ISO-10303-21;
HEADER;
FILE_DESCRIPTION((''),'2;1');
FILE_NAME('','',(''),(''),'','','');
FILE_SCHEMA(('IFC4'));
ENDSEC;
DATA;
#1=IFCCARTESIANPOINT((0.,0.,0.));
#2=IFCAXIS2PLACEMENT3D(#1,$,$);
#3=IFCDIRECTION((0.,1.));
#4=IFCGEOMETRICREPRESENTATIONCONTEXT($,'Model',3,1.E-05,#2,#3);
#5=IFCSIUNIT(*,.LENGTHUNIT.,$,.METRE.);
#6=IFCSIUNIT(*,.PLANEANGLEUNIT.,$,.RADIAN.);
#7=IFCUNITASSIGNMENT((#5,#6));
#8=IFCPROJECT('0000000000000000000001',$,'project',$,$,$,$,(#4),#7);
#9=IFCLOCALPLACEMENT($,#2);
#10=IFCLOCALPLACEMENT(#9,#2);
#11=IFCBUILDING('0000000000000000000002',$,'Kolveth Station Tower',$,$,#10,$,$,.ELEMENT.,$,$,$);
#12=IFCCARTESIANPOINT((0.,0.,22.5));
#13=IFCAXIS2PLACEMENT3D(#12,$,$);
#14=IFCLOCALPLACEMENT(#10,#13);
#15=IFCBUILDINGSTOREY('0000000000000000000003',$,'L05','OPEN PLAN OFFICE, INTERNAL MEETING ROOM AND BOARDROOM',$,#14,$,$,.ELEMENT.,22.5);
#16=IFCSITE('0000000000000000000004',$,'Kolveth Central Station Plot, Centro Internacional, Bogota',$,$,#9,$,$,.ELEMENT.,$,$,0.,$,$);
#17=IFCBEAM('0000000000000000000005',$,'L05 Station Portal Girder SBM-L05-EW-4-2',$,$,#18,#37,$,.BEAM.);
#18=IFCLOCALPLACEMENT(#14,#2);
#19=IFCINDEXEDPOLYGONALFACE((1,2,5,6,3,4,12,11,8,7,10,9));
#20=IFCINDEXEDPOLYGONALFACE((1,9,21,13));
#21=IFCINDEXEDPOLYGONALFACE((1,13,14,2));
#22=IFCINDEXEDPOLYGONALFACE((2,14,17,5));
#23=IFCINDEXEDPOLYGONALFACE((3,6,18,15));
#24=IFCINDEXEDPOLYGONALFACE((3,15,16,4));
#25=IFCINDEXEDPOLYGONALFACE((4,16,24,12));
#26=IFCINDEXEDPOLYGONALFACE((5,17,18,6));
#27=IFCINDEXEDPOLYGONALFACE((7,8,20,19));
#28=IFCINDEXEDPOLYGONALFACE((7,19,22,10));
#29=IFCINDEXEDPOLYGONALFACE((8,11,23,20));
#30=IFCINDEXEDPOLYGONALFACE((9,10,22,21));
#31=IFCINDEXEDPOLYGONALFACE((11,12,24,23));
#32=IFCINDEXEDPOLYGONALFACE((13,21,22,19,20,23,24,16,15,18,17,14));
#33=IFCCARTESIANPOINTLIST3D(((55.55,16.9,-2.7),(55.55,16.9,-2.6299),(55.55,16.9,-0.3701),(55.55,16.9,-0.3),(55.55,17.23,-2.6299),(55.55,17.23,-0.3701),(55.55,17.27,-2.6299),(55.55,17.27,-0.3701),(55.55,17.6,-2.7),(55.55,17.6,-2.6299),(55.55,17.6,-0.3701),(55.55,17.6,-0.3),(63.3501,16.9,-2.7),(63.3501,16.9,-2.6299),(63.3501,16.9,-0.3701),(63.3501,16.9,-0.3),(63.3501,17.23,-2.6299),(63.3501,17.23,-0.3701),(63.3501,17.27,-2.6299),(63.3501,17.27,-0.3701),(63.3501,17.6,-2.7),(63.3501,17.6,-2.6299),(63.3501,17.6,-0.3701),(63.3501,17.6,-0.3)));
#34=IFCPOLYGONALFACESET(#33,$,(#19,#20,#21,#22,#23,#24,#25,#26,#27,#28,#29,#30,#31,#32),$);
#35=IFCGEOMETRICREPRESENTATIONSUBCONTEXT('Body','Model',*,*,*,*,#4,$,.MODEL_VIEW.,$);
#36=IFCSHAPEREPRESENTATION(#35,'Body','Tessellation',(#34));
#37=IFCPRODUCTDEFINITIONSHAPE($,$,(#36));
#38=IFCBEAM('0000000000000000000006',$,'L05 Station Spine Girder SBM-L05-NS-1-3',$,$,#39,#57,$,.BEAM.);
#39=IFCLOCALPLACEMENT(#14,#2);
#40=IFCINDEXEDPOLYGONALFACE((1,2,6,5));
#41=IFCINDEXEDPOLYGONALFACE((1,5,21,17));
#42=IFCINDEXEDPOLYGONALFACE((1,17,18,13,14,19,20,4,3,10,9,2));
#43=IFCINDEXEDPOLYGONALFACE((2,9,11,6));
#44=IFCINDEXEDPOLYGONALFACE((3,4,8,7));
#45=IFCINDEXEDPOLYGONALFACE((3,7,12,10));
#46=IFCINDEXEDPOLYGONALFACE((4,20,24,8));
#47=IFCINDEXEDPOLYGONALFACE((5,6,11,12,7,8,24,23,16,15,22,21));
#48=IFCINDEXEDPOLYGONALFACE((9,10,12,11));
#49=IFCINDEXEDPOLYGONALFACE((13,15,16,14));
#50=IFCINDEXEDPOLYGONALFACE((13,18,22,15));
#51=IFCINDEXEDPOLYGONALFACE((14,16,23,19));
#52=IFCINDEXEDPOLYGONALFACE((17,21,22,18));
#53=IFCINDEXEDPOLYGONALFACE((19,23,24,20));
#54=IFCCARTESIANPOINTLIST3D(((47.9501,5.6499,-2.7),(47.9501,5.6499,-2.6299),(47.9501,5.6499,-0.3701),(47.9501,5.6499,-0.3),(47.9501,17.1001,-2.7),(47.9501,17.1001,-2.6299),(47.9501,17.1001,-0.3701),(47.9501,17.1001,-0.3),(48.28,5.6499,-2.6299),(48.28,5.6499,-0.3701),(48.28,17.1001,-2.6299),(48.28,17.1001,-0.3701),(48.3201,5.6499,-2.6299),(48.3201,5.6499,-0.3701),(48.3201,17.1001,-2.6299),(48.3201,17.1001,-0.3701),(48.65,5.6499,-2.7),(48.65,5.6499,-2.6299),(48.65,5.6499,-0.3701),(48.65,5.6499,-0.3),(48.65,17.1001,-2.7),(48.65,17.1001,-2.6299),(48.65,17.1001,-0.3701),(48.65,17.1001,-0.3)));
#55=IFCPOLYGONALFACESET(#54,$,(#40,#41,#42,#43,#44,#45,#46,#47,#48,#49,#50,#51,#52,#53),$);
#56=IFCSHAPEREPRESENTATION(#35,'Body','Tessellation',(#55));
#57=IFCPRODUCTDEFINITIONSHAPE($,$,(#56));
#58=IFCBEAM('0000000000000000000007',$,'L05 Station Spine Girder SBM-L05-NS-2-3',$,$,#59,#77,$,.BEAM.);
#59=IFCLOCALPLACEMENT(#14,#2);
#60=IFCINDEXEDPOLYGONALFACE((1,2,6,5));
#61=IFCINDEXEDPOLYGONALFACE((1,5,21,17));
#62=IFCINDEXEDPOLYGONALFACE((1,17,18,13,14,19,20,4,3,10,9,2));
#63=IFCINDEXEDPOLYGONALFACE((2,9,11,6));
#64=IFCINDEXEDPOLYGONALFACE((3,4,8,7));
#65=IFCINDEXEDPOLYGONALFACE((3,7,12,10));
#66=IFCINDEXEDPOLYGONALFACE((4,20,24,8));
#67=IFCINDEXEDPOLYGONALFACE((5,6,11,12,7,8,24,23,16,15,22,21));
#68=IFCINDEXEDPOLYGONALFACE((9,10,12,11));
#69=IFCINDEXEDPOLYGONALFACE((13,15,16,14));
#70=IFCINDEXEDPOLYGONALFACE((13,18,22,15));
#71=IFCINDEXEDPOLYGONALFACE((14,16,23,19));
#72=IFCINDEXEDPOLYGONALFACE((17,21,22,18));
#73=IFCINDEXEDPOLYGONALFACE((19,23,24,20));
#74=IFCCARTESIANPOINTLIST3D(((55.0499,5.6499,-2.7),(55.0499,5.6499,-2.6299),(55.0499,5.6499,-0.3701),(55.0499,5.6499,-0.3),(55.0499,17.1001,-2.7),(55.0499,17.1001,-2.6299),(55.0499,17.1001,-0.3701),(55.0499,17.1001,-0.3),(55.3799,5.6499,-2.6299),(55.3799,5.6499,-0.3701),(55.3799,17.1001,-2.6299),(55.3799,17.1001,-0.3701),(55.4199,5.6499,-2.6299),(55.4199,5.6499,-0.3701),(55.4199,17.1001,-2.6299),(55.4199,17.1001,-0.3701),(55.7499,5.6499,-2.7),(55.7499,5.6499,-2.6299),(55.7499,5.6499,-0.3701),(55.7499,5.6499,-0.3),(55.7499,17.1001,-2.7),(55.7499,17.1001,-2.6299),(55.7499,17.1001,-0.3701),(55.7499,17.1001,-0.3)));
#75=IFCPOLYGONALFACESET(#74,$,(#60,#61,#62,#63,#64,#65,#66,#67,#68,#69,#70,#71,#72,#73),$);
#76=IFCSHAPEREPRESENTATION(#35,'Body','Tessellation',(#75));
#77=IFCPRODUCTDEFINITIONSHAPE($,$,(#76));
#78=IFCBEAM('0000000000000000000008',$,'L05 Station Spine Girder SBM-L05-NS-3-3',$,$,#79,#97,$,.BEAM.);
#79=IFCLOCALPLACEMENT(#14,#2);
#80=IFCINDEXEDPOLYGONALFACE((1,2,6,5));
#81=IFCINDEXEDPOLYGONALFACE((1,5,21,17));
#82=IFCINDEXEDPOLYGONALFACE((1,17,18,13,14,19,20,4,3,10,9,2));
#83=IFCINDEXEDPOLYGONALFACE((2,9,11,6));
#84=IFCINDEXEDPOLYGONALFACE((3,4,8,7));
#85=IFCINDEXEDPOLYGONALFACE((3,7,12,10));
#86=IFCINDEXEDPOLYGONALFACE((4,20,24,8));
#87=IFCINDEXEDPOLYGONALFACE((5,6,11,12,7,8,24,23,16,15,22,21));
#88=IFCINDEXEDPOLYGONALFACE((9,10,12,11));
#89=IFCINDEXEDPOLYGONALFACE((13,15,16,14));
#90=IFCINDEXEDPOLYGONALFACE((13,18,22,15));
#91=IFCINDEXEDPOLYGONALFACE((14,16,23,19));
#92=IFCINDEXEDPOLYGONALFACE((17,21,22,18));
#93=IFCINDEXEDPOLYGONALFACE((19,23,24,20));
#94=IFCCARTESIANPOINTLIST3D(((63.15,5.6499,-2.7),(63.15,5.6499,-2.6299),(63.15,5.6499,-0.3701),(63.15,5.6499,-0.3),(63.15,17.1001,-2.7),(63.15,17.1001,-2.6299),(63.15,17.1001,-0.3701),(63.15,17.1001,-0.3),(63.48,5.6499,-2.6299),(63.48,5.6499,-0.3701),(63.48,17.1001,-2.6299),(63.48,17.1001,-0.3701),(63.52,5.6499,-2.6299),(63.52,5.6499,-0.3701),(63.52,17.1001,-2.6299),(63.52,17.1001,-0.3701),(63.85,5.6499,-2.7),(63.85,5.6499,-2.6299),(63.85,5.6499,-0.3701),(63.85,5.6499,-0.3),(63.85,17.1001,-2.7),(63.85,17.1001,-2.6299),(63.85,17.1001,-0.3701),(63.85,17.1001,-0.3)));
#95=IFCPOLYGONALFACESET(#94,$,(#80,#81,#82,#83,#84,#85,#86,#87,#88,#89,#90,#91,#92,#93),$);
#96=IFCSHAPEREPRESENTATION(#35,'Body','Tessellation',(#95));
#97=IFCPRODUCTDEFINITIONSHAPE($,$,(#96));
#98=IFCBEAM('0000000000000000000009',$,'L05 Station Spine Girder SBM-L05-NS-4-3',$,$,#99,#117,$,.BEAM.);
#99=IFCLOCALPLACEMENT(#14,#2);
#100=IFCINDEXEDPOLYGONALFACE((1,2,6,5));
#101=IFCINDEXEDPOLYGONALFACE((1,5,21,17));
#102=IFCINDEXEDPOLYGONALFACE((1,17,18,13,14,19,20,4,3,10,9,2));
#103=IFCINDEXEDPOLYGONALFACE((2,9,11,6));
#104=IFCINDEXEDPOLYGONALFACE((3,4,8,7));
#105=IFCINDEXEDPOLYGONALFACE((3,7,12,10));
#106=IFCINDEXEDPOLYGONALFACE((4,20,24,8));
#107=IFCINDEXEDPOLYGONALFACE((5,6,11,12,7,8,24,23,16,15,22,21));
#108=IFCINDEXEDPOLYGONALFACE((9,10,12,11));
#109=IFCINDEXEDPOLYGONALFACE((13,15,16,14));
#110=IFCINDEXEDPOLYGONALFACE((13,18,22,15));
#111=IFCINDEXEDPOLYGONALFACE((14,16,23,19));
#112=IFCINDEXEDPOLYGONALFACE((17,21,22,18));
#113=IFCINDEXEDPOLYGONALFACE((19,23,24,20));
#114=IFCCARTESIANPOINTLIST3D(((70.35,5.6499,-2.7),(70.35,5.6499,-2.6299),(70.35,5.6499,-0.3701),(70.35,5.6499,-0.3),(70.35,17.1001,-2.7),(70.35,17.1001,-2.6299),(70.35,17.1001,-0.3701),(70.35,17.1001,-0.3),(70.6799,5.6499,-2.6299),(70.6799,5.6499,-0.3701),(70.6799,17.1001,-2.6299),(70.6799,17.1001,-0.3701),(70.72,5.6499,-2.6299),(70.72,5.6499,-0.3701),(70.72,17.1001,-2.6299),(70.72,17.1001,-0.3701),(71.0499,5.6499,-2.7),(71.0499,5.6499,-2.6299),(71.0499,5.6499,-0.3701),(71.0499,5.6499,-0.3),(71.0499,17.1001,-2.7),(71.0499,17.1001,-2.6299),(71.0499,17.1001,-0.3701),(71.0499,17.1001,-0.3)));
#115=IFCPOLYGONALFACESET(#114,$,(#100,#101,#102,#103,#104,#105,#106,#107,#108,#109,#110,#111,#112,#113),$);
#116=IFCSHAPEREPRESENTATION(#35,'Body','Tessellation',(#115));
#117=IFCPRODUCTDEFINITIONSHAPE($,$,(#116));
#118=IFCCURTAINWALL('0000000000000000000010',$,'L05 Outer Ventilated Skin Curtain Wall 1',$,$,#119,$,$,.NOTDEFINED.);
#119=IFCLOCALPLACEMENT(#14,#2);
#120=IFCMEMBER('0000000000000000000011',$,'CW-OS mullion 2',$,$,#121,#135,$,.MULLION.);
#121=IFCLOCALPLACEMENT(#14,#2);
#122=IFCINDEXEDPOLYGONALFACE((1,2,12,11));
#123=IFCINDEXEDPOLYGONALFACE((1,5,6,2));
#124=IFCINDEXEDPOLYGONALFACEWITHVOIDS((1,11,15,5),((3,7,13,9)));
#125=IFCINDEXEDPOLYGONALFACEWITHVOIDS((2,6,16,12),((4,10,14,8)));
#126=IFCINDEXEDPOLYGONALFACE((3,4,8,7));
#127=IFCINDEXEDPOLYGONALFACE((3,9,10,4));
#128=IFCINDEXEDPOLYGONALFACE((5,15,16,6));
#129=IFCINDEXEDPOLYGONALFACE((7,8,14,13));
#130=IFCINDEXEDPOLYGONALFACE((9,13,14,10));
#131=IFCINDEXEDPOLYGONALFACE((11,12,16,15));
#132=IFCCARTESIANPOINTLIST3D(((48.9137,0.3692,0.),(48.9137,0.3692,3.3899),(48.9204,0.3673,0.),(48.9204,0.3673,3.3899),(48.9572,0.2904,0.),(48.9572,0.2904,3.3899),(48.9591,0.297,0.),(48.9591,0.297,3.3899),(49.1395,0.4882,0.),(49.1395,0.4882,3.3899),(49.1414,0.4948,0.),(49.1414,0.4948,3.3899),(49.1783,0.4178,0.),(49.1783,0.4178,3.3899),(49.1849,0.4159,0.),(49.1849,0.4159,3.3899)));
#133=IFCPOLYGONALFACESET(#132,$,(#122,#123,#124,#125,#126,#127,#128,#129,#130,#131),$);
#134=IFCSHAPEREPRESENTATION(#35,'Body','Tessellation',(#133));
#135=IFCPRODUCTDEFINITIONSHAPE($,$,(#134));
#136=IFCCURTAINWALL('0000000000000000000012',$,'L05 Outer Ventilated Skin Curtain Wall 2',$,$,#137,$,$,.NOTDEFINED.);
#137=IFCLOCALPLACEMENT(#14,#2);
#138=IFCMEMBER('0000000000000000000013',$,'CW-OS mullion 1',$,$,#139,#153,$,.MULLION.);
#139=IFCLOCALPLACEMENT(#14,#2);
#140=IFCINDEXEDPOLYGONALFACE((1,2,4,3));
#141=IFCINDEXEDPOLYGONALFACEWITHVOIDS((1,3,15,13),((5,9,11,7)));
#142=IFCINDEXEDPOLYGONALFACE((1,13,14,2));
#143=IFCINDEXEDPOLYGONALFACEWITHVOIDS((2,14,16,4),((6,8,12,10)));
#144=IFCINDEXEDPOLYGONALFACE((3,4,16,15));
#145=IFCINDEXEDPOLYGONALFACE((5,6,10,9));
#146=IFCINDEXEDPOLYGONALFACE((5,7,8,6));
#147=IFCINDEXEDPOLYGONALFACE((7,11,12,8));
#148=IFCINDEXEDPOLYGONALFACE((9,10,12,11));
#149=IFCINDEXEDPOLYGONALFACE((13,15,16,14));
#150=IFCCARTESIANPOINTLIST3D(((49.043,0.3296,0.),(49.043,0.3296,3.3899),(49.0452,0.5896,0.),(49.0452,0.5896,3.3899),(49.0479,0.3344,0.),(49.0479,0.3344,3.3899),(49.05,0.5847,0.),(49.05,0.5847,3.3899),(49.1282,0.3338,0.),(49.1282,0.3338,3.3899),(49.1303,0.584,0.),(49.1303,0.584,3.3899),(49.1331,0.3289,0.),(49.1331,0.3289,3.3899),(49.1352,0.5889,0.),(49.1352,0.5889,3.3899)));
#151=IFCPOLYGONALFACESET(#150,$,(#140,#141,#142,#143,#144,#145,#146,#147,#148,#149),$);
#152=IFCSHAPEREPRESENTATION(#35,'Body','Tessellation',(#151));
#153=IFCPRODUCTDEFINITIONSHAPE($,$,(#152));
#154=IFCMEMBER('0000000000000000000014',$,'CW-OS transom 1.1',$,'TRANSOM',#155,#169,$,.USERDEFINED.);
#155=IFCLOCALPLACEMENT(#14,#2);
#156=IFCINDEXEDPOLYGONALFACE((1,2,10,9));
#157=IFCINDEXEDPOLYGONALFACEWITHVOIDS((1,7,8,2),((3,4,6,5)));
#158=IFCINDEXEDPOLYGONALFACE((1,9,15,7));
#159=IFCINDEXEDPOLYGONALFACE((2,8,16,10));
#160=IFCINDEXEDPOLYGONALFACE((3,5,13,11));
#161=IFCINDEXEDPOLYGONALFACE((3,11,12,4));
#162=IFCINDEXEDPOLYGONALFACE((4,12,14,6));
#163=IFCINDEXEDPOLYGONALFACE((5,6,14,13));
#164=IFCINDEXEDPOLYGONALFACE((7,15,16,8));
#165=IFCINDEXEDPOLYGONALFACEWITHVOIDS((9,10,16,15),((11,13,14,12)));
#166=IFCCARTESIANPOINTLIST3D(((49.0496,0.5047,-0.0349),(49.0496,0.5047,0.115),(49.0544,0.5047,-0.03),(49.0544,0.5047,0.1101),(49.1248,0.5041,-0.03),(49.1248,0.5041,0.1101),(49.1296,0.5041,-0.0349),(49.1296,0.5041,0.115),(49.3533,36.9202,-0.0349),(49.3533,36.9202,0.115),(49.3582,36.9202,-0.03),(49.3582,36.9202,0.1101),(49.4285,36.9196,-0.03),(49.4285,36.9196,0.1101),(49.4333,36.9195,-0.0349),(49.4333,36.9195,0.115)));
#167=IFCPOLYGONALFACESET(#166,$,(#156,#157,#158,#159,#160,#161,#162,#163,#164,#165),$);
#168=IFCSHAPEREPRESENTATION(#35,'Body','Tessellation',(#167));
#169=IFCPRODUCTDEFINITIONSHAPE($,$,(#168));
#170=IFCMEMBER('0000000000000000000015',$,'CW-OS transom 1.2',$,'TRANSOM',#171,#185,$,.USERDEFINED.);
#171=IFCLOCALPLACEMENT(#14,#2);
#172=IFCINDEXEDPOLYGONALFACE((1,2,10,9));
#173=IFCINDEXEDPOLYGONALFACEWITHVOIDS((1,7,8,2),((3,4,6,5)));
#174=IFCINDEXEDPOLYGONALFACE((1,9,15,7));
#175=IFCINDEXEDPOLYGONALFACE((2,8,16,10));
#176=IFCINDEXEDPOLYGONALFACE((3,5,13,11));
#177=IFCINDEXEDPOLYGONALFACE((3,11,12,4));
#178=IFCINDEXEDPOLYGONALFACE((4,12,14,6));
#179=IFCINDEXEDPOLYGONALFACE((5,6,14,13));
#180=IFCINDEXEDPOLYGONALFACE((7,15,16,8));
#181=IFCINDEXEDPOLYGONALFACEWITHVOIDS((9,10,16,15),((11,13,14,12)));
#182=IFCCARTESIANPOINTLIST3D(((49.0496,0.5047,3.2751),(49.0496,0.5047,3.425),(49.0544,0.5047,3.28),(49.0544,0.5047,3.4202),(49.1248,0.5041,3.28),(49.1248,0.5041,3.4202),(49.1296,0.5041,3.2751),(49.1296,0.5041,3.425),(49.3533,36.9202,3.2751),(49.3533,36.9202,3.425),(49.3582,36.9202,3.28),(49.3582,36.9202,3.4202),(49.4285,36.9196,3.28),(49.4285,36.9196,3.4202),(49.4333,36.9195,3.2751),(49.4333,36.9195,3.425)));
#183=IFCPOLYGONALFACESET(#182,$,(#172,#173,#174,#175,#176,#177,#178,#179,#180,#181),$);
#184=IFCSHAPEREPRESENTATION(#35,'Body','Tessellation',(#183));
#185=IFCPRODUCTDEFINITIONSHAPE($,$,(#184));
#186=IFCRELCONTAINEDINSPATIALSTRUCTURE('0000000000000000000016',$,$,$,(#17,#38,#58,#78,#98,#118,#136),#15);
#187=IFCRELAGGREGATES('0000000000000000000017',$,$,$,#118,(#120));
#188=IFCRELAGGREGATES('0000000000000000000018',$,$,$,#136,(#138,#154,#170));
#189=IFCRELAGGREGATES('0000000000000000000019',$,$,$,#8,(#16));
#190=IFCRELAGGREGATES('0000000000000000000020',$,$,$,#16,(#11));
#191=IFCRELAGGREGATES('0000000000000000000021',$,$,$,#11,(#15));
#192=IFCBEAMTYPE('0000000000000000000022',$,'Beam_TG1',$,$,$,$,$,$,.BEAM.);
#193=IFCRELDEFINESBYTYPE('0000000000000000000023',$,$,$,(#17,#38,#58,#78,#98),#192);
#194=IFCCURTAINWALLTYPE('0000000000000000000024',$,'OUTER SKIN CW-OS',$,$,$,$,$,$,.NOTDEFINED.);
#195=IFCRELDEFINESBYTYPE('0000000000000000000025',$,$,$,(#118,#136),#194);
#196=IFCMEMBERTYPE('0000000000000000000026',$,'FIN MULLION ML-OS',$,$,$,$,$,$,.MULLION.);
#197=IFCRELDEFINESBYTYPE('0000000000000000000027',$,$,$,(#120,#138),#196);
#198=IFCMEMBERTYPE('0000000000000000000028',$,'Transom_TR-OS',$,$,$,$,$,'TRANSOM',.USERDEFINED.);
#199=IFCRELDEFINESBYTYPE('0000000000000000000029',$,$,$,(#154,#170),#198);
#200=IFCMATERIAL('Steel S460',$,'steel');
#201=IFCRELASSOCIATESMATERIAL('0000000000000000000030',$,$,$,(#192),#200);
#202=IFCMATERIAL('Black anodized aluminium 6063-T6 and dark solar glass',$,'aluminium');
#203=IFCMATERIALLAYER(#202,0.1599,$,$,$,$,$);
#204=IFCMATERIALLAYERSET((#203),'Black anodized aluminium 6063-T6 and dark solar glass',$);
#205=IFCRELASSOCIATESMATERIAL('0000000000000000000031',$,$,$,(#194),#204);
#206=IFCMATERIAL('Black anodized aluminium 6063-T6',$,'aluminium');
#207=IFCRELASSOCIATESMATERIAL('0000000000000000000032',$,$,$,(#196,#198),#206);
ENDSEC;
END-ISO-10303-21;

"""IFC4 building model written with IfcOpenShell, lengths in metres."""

from ifc_helpers import new_model, si_unit, direction, frame, origin, origin_2d, place, context, subcontext, project, spatial, hollow_rectangle, i_section, extrude, source, transform, mapped, material, layer, layer_set, material_profile, profile_set, type_object, element, aggregate, save


model = new_model("IFC4")

# Units and contexts
model_context = context("Model", 3, precision=1e-05, world=origin(), true_north=direction((0.0, 1.0)))
body_context = subcontext(model_context, "Body", "Model", "MODEL_VIEW")
ifc_project = project(units=[si_unit("LENGTHUNIT", "METRE"), si_unit("PLANEANGLEUNIT", "RADIAN")], contexts=[model_context])

# Site, building, storey
site_placement = place(None, origin())
site = spatial("IfcSite", under=ifc_project, at=site_placement, Name="Kolveth Central Station Plot, Centro Internacional, Bogota", CompositionType="ELEMENT", RefElevation=0.0)
building_placement = place(site_placement, origin())
building = spatial("IfcBuilding", under=site, at=building_placement, Name="Kolveth Station Tower", CompositionType="ELEMENT")
storey_placement = place(building_placement, frame((0.0, 0.0, 22.5)))
storey = spatial("IfcBuildingStorey", under=building, at=storey_placement, Name="L05", Description="OPEN PLAN OFFICE, INTERNAL MEETING ROOM AND BOARDROOM", CompositionType="ELEMENT", Elevation=22.5)

# Beams
ifc_material_1 = material(Name="Steel S460", Category="steel")
ifc_material_profile_1 = material_profile(ifc_material_1, i_section(OverallWidth=0.7, OverallDepth=2.3999, WebThickness=0.04, FlangeThickness=0.0701, at=origin_2d()), Name="PG2400x700x70")
ifc_profile_set_1 = profile_set([ifc_material_profile_1], Name="Steel S460")
beam_type_1 = type_object("IfcBeamType", Name="Beam_TG1", PredefinedType="BEAM", material=ifc_profile_set_1)
shared_shape_1 = source(origin(), body_context, "Body", "SweptSolid", [
    extrude(i_section(OverallWidth=0.7, OverallDepth=2.3999, WebThickness=0.04, FlangeThickness=0.0701, at=origin_2d()), origin(), (0.0, 0.0, 1.0), 7.8),
])
for number, where, z_axis, x_axis, name in (
    (1, (55.55, 17.25, -1.5), (1.0, 0.0, 0.0), (0.0, 1.0, 0.0), "L05 Station Portal Girder SBM-L05-EW-4-2"),
):
    element("IfcBeam", number, at=place(storey_placement, frame(where, z_axis=z_axis, x_axis=x_axis)), inside=storey, type_object=beam_type_1, Name=name, PredefinedType="BEAM", context=body_context, shape_type="MappedRepresentation", body=[
        mapped(shared_shape_1, transform((0.0, 0.0, 0.0), x_axis=(1.0, 0.0, 0.0), y_axis=(0.0, 1.0, 0.0), z_axis=(0.0, 0.0, 1.0), scale=1.0)),
    ])
shared_shape_2 = source(origin(), body_context, "Body", "SweptSolid", [
    extrude(i_section(OverallWidth=0.7, OverallDepth=2.3999, WebThickness=0.04, FlangeThickness=0.0701, at=origin_2d()), origin(), (0.0, 0.0, 1.0), 11.4502),
])
for number, where, z_axis, x_axis, name in (
    (2, (48.3, 5.6499, -1.5), (0.0, 1.0, 0.0), (-1.0, 0.0, 0.0), "L05 Station Spine Girder SBM-L05-NS-1-3"),
    (3, (55.3999, 5.6499, -1.5), (0.0, 1.0, 0.0), (-1.0, 0.0, 0.0), "L05 Station Spine Girder SBM-L05-NS-2-3"),
    (4, (63.5, 5.6499, -1.5), (0.0, 1.0, 0.0), (-1.0, 0.0, 0.0), "L05 Station Spine Girder SBM-L05-NS-3-3"),
    (5, (70.7, 5.6499, -1.5), (0.0, 1.0, 0.0), (-1.0, 0.0, 0.0), "L05 Station Spine Girder SBM-L05-NS-4-3"),
):
    element("IfcBeam", number, at=place(storey_placement, frame(where, z_axis=z_axis, x_axis=x_axis)), inside=storey, type_object=beam_type_1, Name=name, PredefinedType="BEAM", context=body_context, shape_type="MappedRepresentation", body=[
        mapped(shared_shape_2, transform((0.0, 0.0, 0.0), x_axis=(1.0, 0.0, 0.0), y_axis=(0.0, 1.0, 0.0), z_axis=(0.0, 0.0, 1.0), scale=1.0)),
    ])

# Curtain wall, member
ifc_material_2 = material(Name="Black anodized aluminium 6063-T6 and dark solar glass", Category="aluminium")
ifc_layer = layer(ifc_material_2, 0.1599)
ifc_layer_set = layer_set([ifc_layer], Name="Black anodized aluminium 6063-T6 and dark solar glass")
curtain_wall_type = type_object("IfcCurtainWallType", Name="OUTER SKIN CW-OS", PredefinedType="NOTDEFINED", material=ifc_layer_set)
curtain_wall_1_placement = place(storey_placement, origin())
curtain_wall_1 = element("IfcCurtainWall", 6, at=curtain_wall_1_placement, inside=storey, type_object=curtain_wall_type, Name="L05 Outer Ventilated Skin Curtain Wall 1", PredefinedType="NOTDEFINED")
ifc_material_3 = material(Name="Black anodized aluminium 6063-T6", Category="aluminium")
ifc_material_profile_2 = material_profile(ifc_material_3, hollow_rectangle(XDim=0.0901, YDim=0.26, WallThickness=0.0049, at=origin_2d()), Name="ALU-90x260x5")
ifc_profile_set_2 = profile_set([ifc_material_profile_2], Name="Black anodized aluminium 6063-T6")
member_type_1 = type_object("IfcMemberType", Name="FIN MULLION ML-OS", PredefinedType="MULLION", material=ifc_profile_set_2)
shared_shape_3 = source(origin(), body_context, "Body", "SweptSolid", [
    extrude(hollow_rectangle(XDim=0.0901, YDim=0.26, WallThickness=0.0049, at=origin_2d()), origin(), (0.0, 0.0, 1.0), 3.3899),
])
member_1_placement = place(storey_placement, frame((49.0493, 0.3926, 0.0), z_axis=(0.0, 0.0, 1.0), x_axis=(-0.482854, 0.875701, 0.0)))
member_1 = element("IfcMember", 7, at=member_1_placement, type_object=member_type_1, Name="CW-OS mullion 2", PredefinedType="MULLION", context=body_context, shape_type="MappedRepresentation", body=[
    mapped(shared_shape_3, transform((0.0, 0.0, 0.0), x_axis=(1.0, 0.0, 0.0), y_axis=(0.0, 1.0, 0.0), z_axis=(0.0, 0.0, 1.0), scale=1.0)),
])
aggregate(curtain_wall_1, [member_1])

# Curtain wall, members
curtain_wall_2_placement = place(storey_placement, origin())
curtain_wall_2 = element("IfcCurtainWall", 8, at=curtain_wall_2_placement, inside=storey, type_object=curtain_wall_type, Name="L05 Outer Ventilated Skin Curtain Wall 2", PredefinedType="NOTDEFINED")
member_2_placement = place(storey_placement, frame((49.0891, 0.4592, 0.0), z_axis=(0.0, 0.0, 1.0), x_axis=(-0.999965, 0.00834, 0.0)))
member_2 = element("IfcMember", 9, at=member_2_placement, type_object=member_type_1, Name="CW-OS mullion 1", PredefinedType="MULLION", context=body_context, shape_type="MappedRepresentation", body=[
    mapped(shared_shape_3, transform((0.0, 0.0, 0.0), x_axis=(1.0, 0.0, 0.0), y_axis=(0.0, 1.0, 0.0), z_axis=(0.0, 0.0, 1.0), scale=1.0)),
])
ifc_material_profile_3 = material_profile(ifc_material_3, hollow_rectangle(XDim=0.0801, YDim=0.1499, WallThickness=0.0049, at=origin_2d()), Name="ALU-80x150x5")
ifc_profile_set_3 = profile_set([ifc_material_profile_3], Name="Black anodized aluminium 6063-T6")
member_type_2 = type_object("IfcMemberType", Name="Transom_TR-OS", ElementType="TRANSOM", PredefinedType="USERDEFINED", material=ifc_profile_set_3)
shared_shape_4 = source(origin(), body_context, "Body", "SweptSolid", [
    extrude(hollow_rectangle(XDim=0.0801, YDim=0.1499, WallThickness=0.0049, at=origin_2d()), origin(), (0.0, 0.0, 1.0), 36.4167),
])
member_3_placement = place(storey_placement, frame((49.0896, 0.5044, 0.04), z_axis=(0.00834, 0.999965, 0.0), x_axis=(-0.999965, 0.00834, 0.0)))
member_3 = element("IfcMember", 10, at=member_3_placement, type_object=member_type_2, Name="CW-OS transom 1.1", ObjectType="TRANSOM", PredefinedType="USERDEFINED", context=body_context, shape_type="MappedRepresentation", body=[
    mapped(shared_shape_4, transform((0.0, 0.0, 0.0), x_axis=(1.0, 0.0, 0.0), y_axis=(0.0, 1.0, 0.0), z_axis=(0.0, 0.0, 1.0), scale=1.0)),
])
member_4_placement = place(storey_placement, frame((49.0896, 0.5044, 3.3501), z_axis=(0.00834, 0.999965, 0.0), x_axis=(-0.999965, 0.00834, 0.0)))
member_4 = element("IfcMember", 11, at=member_4_placement, type_object=member_type_2, Name="CW-OS transom 1.2", ObjectType="TRANSOM", PredefinedType="USERDEFINED", context=body_context, shape_type="MappedRepresentation", body=[
    mapped(shared_shape_4, transform((0.0, 0.0, 0.0), x_axis=(1.0, 0.0, 0.0), y_axis=(0.0, 1.0, 0.0), z_axis=(0.0, 0.0, 1.0), scale=1.0)),
])
aggregate(curtain_wall_2, [member_2, member_3, member_4])

save(model, "model.ifc")
